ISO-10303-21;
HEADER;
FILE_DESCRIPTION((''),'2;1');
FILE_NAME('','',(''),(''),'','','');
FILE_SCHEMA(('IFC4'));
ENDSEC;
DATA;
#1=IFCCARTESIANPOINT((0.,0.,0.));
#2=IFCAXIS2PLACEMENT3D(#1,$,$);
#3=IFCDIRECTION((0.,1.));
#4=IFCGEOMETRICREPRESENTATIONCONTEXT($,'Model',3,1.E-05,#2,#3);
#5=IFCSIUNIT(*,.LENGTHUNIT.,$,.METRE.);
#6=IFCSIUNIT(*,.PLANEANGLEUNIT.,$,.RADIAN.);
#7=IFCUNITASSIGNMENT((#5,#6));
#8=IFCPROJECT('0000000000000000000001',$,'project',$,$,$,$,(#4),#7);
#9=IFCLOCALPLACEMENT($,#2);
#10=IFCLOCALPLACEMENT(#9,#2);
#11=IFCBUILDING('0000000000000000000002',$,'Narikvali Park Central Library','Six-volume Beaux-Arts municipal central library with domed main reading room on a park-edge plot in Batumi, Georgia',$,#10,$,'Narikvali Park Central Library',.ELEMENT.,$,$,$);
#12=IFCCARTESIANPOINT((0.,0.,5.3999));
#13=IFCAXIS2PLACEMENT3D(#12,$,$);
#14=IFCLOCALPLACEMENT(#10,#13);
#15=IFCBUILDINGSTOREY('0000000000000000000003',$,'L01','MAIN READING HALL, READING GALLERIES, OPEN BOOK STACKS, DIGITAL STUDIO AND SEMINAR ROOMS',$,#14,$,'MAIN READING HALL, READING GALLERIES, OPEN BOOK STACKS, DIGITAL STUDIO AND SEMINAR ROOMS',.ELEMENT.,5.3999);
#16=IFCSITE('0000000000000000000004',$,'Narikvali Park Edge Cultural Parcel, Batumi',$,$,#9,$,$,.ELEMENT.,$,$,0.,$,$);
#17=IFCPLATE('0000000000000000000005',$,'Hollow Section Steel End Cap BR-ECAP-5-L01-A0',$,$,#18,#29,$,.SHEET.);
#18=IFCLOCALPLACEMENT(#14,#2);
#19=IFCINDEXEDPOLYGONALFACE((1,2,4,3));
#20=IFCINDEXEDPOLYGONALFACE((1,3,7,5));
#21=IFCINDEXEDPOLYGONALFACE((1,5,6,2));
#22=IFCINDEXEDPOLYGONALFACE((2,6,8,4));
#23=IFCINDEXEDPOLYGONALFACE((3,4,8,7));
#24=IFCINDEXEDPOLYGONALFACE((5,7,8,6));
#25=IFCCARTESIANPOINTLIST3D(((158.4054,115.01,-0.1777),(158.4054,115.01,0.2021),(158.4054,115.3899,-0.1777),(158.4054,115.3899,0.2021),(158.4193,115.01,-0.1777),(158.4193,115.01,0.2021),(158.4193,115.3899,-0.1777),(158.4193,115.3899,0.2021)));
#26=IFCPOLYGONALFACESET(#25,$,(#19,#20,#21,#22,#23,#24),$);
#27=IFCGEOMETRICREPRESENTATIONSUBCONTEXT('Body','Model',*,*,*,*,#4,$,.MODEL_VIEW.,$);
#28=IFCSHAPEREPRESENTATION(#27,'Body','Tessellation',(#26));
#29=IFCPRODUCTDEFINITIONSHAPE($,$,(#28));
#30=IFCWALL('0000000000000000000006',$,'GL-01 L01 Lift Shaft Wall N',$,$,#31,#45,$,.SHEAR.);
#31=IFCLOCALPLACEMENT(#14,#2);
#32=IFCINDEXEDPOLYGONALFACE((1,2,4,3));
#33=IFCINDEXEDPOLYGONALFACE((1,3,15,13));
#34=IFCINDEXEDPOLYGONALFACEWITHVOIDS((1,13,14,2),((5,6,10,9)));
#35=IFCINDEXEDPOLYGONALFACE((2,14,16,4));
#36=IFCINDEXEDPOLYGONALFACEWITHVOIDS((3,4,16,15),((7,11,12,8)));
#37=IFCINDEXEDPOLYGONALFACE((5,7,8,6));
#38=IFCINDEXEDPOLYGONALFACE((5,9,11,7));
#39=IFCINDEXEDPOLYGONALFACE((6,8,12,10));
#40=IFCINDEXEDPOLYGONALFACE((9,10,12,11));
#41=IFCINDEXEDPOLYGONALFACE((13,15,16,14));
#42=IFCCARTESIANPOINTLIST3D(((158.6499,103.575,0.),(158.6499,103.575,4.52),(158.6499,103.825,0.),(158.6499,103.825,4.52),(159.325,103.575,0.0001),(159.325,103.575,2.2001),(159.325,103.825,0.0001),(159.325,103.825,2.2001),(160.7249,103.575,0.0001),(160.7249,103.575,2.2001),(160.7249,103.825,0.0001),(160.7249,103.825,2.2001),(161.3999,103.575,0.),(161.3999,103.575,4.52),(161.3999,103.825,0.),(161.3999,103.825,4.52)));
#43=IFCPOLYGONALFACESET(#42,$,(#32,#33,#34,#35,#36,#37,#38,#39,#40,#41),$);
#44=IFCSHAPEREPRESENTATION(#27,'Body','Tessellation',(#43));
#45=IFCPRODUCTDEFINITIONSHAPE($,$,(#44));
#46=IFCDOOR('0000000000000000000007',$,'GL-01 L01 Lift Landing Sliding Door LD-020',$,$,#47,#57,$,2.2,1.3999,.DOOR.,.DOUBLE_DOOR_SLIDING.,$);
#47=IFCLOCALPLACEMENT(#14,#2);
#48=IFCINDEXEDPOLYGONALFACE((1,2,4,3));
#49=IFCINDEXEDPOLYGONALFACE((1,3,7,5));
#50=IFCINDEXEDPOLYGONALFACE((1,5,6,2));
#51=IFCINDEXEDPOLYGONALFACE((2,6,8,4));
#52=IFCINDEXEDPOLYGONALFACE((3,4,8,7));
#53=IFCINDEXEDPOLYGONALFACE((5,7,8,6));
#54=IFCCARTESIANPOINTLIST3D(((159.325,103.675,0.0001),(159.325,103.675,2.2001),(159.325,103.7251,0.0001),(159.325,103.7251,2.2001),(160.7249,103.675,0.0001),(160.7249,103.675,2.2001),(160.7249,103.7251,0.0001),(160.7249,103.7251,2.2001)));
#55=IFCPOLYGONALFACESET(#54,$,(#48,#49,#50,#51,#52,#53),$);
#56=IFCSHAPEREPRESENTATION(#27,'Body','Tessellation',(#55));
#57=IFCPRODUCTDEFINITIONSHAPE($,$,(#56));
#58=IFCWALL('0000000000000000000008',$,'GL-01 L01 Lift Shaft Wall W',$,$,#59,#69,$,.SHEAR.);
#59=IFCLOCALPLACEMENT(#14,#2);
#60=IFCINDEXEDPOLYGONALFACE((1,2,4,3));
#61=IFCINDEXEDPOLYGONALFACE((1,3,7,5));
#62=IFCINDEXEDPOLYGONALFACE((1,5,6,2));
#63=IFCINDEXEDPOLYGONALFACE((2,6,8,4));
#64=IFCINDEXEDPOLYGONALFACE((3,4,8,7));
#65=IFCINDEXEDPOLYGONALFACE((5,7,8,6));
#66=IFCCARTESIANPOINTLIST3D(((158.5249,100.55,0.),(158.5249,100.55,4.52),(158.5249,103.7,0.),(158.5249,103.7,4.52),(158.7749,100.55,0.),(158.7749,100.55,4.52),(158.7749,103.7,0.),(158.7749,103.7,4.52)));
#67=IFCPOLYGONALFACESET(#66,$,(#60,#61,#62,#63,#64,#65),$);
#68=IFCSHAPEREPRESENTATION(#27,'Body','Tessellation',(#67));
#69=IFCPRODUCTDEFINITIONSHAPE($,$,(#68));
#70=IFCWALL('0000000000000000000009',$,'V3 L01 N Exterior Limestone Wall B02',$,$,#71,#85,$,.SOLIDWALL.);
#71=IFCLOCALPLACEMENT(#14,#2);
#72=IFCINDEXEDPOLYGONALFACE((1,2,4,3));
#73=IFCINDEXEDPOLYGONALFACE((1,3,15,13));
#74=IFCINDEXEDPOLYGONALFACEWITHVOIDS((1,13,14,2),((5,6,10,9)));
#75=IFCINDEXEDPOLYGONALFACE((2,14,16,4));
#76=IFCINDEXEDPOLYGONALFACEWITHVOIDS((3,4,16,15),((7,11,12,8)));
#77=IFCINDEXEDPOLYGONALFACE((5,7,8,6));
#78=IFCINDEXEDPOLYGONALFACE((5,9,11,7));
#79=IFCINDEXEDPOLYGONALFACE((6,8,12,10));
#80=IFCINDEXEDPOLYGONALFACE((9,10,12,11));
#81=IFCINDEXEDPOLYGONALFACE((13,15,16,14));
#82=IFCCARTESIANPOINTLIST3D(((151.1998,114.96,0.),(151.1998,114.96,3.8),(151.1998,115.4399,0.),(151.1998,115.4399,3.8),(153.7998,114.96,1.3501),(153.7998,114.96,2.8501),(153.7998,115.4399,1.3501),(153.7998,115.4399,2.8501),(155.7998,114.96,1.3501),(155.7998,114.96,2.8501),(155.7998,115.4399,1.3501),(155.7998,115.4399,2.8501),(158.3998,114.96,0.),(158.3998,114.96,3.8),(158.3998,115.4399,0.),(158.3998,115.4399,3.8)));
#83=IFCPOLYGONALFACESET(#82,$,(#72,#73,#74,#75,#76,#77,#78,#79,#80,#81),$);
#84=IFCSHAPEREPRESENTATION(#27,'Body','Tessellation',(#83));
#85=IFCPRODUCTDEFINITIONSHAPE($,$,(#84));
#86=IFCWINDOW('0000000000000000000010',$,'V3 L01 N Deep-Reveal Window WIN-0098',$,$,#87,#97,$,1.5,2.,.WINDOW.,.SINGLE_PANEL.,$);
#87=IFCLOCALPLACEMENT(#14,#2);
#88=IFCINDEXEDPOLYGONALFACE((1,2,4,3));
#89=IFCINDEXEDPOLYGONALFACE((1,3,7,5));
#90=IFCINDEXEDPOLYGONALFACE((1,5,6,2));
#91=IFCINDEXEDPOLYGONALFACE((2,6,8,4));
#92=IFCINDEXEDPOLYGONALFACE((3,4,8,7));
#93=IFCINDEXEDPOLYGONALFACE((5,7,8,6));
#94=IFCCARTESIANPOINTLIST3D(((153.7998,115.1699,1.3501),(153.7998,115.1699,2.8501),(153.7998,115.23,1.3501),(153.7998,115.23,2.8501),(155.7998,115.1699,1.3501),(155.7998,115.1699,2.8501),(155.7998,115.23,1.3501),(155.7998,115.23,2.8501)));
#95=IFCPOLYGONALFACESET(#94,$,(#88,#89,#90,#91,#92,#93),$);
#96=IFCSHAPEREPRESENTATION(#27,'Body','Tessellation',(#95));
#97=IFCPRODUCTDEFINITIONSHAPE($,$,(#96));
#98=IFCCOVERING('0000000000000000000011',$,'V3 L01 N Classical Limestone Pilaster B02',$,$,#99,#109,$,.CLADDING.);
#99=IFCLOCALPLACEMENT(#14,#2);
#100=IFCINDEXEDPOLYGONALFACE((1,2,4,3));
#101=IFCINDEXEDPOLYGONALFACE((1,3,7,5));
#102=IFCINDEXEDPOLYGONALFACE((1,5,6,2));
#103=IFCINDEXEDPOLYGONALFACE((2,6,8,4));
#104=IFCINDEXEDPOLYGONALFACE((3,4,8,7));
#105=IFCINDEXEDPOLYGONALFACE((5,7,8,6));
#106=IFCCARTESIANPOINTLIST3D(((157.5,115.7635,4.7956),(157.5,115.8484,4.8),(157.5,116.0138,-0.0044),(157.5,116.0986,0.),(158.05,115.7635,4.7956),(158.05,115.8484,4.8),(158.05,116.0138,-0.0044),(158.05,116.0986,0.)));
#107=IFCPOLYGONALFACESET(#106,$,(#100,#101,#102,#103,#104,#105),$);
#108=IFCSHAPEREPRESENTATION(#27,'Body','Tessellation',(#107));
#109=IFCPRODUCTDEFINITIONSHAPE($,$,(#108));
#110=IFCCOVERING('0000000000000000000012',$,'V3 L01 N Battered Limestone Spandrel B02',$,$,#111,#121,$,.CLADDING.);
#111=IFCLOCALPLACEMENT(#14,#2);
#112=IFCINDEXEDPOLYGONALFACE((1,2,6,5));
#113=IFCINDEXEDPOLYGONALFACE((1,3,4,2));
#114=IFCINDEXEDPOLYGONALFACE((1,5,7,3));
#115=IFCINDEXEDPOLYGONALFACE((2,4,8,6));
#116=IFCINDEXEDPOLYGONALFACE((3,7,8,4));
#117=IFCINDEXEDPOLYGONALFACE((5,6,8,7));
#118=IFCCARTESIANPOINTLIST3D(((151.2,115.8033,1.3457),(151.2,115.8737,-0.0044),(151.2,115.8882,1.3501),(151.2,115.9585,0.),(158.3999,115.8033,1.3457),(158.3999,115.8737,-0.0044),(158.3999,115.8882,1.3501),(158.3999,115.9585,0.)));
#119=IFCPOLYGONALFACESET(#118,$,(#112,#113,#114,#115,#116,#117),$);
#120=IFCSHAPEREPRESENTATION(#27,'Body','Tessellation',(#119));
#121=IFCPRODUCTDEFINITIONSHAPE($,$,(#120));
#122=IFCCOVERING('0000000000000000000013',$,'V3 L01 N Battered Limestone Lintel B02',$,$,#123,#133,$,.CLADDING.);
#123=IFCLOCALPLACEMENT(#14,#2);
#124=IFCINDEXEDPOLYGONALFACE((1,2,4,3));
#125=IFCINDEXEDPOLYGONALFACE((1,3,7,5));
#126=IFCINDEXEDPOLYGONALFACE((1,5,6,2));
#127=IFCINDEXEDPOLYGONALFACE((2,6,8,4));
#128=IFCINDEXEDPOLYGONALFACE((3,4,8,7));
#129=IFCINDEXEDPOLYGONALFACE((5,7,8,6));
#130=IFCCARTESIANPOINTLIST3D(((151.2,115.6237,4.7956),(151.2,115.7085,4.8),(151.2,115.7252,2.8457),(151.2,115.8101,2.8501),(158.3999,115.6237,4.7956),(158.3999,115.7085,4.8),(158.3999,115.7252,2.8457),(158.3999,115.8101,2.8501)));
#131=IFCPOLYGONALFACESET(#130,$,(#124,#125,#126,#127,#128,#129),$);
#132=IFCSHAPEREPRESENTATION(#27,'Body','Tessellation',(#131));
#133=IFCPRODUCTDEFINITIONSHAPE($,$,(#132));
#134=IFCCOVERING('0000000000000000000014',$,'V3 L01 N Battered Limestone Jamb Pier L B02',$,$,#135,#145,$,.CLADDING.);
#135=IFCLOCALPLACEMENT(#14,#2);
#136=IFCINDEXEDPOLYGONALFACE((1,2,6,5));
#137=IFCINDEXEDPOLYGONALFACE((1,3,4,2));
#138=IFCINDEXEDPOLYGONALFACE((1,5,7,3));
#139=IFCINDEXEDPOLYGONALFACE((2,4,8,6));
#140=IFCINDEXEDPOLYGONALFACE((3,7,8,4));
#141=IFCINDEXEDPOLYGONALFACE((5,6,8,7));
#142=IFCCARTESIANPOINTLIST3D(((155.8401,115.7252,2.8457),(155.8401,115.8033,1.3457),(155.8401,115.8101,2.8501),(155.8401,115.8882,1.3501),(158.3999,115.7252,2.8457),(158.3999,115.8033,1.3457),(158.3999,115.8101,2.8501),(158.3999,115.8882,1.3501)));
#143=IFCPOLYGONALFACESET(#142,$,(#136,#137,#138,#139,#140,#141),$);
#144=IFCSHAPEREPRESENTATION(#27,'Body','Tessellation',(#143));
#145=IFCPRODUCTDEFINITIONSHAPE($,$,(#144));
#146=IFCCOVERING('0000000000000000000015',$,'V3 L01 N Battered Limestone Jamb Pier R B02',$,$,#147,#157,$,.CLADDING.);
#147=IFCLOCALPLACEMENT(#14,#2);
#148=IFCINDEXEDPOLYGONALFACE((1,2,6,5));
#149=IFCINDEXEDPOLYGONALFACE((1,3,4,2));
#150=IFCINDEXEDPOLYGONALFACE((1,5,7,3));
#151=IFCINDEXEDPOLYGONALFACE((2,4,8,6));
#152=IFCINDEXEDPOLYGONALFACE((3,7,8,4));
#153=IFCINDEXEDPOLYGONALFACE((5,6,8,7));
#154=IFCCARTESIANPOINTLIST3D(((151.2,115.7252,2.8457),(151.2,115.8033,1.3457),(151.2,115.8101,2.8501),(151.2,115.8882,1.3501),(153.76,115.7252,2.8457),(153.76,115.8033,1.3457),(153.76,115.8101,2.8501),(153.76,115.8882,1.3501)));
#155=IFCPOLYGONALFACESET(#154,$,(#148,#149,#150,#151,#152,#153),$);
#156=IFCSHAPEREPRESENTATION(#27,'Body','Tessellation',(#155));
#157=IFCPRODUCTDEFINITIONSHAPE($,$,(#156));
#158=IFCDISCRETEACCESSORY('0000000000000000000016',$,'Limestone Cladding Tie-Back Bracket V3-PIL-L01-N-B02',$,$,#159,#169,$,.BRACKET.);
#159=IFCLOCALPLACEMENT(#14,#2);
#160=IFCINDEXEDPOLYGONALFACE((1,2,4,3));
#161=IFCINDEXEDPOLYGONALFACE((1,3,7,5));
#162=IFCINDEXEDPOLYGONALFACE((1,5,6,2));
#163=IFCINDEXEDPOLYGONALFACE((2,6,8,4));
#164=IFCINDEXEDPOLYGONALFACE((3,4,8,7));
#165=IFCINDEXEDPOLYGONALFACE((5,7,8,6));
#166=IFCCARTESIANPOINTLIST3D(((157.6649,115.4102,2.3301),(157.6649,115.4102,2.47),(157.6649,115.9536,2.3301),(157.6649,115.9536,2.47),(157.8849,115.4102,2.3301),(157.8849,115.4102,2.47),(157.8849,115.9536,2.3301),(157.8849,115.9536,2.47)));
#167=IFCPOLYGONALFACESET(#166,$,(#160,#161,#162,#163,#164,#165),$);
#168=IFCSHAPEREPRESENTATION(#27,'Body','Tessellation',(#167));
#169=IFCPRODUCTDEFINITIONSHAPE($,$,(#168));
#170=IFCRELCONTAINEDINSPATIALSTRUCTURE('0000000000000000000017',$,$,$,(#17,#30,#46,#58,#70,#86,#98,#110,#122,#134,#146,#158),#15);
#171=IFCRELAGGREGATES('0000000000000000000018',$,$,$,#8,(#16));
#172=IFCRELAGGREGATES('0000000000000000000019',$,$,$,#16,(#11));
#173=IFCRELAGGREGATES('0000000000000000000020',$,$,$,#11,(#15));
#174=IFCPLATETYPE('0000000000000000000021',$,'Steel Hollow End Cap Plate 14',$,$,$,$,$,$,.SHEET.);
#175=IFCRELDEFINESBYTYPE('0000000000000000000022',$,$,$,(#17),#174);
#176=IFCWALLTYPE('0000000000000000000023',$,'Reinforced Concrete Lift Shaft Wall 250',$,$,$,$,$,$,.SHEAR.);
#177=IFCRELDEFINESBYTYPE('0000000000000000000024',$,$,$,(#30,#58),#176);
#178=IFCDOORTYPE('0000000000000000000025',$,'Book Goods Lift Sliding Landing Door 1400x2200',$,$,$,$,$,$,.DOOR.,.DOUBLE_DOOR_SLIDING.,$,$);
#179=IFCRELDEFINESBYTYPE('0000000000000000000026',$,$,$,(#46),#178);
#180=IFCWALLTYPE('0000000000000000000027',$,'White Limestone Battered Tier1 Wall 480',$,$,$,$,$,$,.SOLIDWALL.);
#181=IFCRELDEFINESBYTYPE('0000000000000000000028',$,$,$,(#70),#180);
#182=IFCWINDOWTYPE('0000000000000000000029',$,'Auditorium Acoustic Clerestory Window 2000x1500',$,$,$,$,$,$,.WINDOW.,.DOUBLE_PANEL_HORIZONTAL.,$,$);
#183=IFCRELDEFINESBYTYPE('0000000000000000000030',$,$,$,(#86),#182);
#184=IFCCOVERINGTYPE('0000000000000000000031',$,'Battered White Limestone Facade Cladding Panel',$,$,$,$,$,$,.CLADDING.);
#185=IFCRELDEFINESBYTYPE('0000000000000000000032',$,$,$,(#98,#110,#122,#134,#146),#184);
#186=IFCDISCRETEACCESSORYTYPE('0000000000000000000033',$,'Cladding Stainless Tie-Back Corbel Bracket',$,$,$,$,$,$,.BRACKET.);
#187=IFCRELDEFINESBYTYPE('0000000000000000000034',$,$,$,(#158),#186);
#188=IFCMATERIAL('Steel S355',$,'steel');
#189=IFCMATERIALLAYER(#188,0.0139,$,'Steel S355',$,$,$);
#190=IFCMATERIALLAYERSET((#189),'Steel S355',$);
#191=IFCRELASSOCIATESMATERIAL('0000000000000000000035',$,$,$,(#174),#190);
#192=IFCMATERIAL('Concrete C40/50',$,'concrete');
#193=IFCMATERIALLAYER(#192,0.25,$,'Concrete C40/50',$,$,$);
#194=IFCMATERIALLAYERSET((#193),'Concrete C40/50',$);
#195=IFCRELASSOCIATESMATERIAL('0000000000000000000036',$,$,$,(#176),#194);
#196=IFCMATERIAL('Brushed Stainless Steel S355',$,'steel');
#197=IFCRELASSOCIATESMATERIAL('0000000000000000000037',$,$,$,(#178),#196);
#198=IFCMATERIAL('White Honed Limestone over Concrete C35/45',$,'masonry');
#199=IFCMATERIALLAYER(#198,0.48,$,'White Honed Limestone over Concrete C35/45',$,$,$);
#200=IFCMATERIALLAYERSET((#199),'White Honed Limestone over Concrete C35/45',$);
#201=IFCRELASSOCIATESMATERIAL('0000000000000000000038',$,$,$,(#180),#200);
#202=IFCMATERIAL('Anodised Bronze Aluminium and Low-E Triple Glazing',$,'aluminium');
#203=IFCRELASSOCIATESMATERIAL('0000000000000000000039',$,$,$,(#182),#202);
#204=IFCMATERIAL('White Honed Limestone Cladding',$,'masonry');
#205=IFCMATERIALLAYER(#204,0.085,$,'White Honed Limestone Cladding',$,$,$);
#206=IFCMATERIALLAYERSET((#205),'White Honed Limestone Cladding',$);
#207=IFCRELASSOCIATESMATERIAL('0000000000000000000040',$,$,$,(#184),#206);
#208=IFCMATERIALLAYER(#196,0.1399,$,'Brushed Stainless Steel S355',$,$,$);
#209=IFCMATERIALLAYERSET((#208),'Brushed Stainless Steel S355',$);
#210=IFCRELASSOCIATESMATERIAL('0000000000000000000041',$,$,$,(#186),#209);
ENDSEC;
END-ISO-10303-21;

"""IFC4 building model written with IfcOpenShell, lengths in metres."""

from ifc_helpers import new_model, si_unit, direction, frame, frame_2d, origin, origin_2d, place, context, subcontext, project, spatial, polyline, rectangle, outline, extrude, material, layer, layer_set, type_object, element, fill, save


model = new_model("IFC4")

# Units and contexts
model_context = context("Model", 3, precision=1e-05, world=origin(), true_north=direction((0.0, 1.0)))
body_context = subcontext(model_context, "Body", "Model", "MODEL_VIEW")
ifc_project = project(units=[si_unit("LENGTHUNIT", "METRE"), si_unit("PLANEANGLEUNIT", "RADIAN")], contexts=[model_context])

# Site, building, storey
site_placement = place(None, origin())
site = spatial("IfcSite", under=ifc_project, at=site_placement, Name="Narikvali Park Edge Cultural Parcel, Batumi", CompositionType="ELEMENT", RefElevation=0.0)
building_placement = place(site_placement, origin())
building = spatial("IfcBuilding", under=site, at=building_placement, Name="Narikvali Park Central Library", Description="Six-volume Beaux-Arts municipal central library with domed main reading room on a park-edge plot in Batumi, Georgia", LongName="Narikvali Park Central Library", CompositionType="ELEMENT")
storey_placement = place(building_placement, frame((0.0, 0.0, 5.3999)))
storey = spatial("IfcBuildingStorey", under=building, at=storey_placement, Name="L01", Description="MAIN READING HALL, READING GALLERIES, OPEN BOOK STACKS, DIGITAL STUDIO AND SEMINAR ROOMS", LongName="MAIN READING HALL, READING GALLERIES, OPEN BOOK STACKS, DIGITAL STUDIO AND SEMINAR ROOMS", CompositionType="ELEMENT", Elevation=5.3999)

# Shared definitions
ifc_material_1 = material(Name="Steel S355", Category="steel")

# Plate
ifc_layer_1 = layer(ifc_material_1, 0.0139, Name="Steel S355")
ifc_layer_set_1 = layer_set([ifc_layer_1], Name="Steel S355")
plate_type_1 = type_object("IfcPlateType", Name="Steel Hollow End Cap Plate 14", PredefinedType="SHEET", material=ifc_layer_set_1)
plate_1_placement = place(storey_placement, frame((158.4124, 115.2, -0.1777), z_axis=(0.0, 0.0, 1.0), x_axis=(-1.0, 0.0, 0.0)))
element("IfcPlate", 1, at=plate_1_placement, inside=storey, type_object=plate_type_1, Name="Hollow Section Steel End Cap BR-ECAP-5-L01-A0", PredefinedType="SHEET", context=body_context, shape_type="SweptSolid", body=[
    extrude(rectangle(XDim=0.0139, YDim=0.3799, at=origin_2d()), origin(), (0.0, 0.0, 1.0), 0.3799),
])

# Wall, opening, door
ifc_material_2 = material(Name="Concrete C40/50", Category="concrete")
ifc_layer_2 = layer(ifc_material_2, 0.25, Name="Concrete C40/50")
ifc_layer_set_2 = layer_set([ifc_layer_2], Name="Concrete C40/50")
wall_type_1 = type_object("IfcWallType", Name="Reinforced Concrete Lift Shaft Wall 250", PredefinedType="SHEAR", material=ifc_layer_set_2)
wall_1_placement = place(storey_placement, frame((161.3999, 103.7, 0.0), z_axis=(0.0, 0.0, 1.0), x_axis=(-1.0, 0.0, 0.0)))
wall_1 = element("IfcWall", 2, at=wall_1_placement, inside=storey, type_object=wall_type_1, Name="GL-01 L01 Lift Shaft Wall N", PredefinedType="SHEAR", context=body_context, shape_type="SweptSolid", body=[
    extrude(rectangle(XDim=2.75, YDim=0.25, at=frame_2d((1.375, 0.0))), origin(), (0.0, 0.0, 1.0), 4.52),
])
opening_1_placement = place(wall_1_placement, frame((0.675, 0.0, 0.0)))
opening_1 = element("IfcOpeningElement", 3, at=opening_1_placement, cuts=wall_1, PredefinedType="OPENING", context=body_context, shape_type="SweptSolid", body=[
    extrude(rectangle(XDim=1.3999, YDim=2.2, at=frame_2d((0.7, 1.1001))), frame((0.0, 0.137, 0.0), z_axis=(0.0, -1.0, 0.0), x_axis=(1.0, 0.0, 0.0)), (0.0, 0.0, 1.0), 0.2739),
])
ifc_material_3 = material(Name="Brushed Stainless Steel S355", Category="steel")
door_type = type_object("IfcDoorType", Name="Book Goods Lift Sliding Landing Door 1400x2200", OperationType="DOUBLE_DOOR_SLIDING", PredefinedType="DOOR", material=ifc_material_3)
door_placement = place(opening_1_placement, origin())
door = element("IfcDoor", 4, at=door_placement, inside=storey, type_object=door_type, Name="GL-01 L01 Lift Landing Sliding Door LD-020", OperationType="DOUBLE_DOOR_SLIDING", OverallHeight=2.2, OverallWidth=1.3999, PredefinedType="DOOR", context=body_context, shape_type="SweptSolid", body=[
    extrude(rectangle(XDim=1.3999, YDim=2.2, at=frame_2d((0.7, 1.1001))), frame((0.0, 0.0249, 0.0), z_axis=(0.0, -1.0, 0.0), x_axis=(1.0, 0.0, 0.0)), (0.0, 0.0, 1.0), 0.05),
])
fill(opening_1, door)

# Wall
wall_2_placement = place(storey_placement, frame((158.6499, 103.7, 0.0), z_axis=(0.0, 0.0, 1.0), x_axis=(0.0, -1.0, 0.0)))
element("IfcWall", 5, at=wall_2_placement, inside=storey, type_object=wall_type_1, Name="GL-01 L01 Lift Shaft Wall W", PredefinedType="SHEAR", context=body_context, shape_type="SweptSolid", body=[
    extrude(rectangle(XDim=3.1499, YDim=0.25, at=frame_2d((1.575, 0.0))), origin(), (0.0, 0.0, 1.0), 4.52),
])

# Wall, opening, window
ifc_material_4 = material(Name="White Honed Limestone over Concrete C35/45", Category="masonry")
ifc_layer_3 = layer(ifc_material_4, 0.48, Name="White Honed Limestone over Concrete C35/45")
ifc_layer_set_3 = layer_set([ifc_layer_3], Name="White Honed Limestone over Concrete C35/45")
wall_type_2 = type_object("IfcWallType", Name="White Limestone Battered Tier1 Wall 480", PredefinedType="SOLIDWALL", material=ifc_layer_set_3)
wall_3_placement = place(storey_placement, frame((158.3999, 115.2, 0.0), z_axis=(0.0, 0.0, 1.0), x_axis=(-1.0, 0.0, 0.0)))
wall_3 = element("IfcWall", 6, at=wall_3_placement, inside=storey, type_object=wall_type_2, Name="V3 L01 N Exterior Limestone Wall B02", PredefinedType="SOLIDWALL", context=body_context, shape_type="SweptSolid", body=[
    extrude(rectangle(XDim=7.2, YDim=0.48, at=frame_2d((3.6001, 0.0))), origin(), (0.0, 0.0, 1.0), 3.8),
])
opening_2_placement = place(wall_3_placement, frame((2.6001, 0.0, 1.3501)))
opening_2 = element("IfcOpeningElement", 7, at=opening_2_placement, cuts=wall_3, PredefinedType="OPENING", context=body_context, shape_type="SweptSolid", body=[
    extrude(rectangle(XDim=2.0, YDim=1.5, at=frame_2d((1.0, 0.75))), frame((0.0, 0.252, 0.0), z_axis=(0.0, -1.0, 0.0), x_axis=(1.0, 0.0, 0.0)), (0.0, 0.0, 1.0), 0.5039),
])
ifc_material_5 = material(Name="Anodised Bronze Aluminium and Low-E Triple Glazing", Category="aluminium")
window_type = type_object("IfcWindowType", Name="Auditorium Acoustic Clerestory Window 2000x1500", PartitioningType="DOUBLE_PANEL_HORIZONTAL", PredefinedType="WINDOW", material=ifc_material_5)
window_placement = place(opening_2_placement, origin())
window = element("IfcWindow", 8, at=window_placement, inside=storey, type_object=window_type, Name="V3 L01 N Deep-Reveal Window WIN-0098", OverallHeight=1.5, OverallWidth=2.0, PartitioningType="SINGLE_PANEL", PredefinedType="WINDOW", context=body_context, shape_type="SweptSolid", body=[
    extrude(rectangle(XDim=2.0, YDim=1.5, at=frame_2d((1.0, 0.75))), frame((0.0, 0.03, 0.0), z_axis=(0.0, -1.0, 0.0), x_axis=(1.0, 0.0, 0.0)), (0.0, 0.0, 1.0), 0.0601),
])
fill(opening_2, window)

# Coverings
ifc_material_6 = material(Name="White Honed Limestone Cladding", Category="masonry")
ifc_layer_4 = layer(ifc_material_6, 0.085, Name="White Honed Limestone Cladding")
ifc_layer_set_4 = layer_set([ifc_layer_4], Name="White Honed Limestone Cladding")
covering_type = type_object("IfcCoveringType", Name="Battered White Limestone Facade Cladding Panel", PredefinedType="CLADDING", material=ifc_layer_set_4)
covering_1_placement = place(storey_placement, frame((158.05, 116.0986, 0.0), z_axis=(0.0, 0.998644, 0.052063), x_axis=(-1.0, 0.0, 0.0)))
element("IfcCovering", 9, at=covering_1_placement, inside=storey, type_object=covering_type, Name="V3 L01 N Classical Limestone Pilaster B02", PredefinedType="CLADDING", context=body_context, shape_type="SweptSolid", body=[
    extrude(outline(polyline([(0.0, 0.0), (0.55, 0.0), (0.55, 4.8066), (0.0, 4.8066), (0.0, 0.0)])), origin(), (0.0, 0.0, -1.0), 0.085),
])
covering_2_placement = place(storey_placement, frame((158.3999, 115.9585, 0.0), z_axis=(0.0, 0.998647, 0.052009), x_axis=(-1.0, 0.0, 0.0)))
element("IfcCovering", 10, at=covering_2_placement, inside=storey, type_object=covering_type, Name="V3 L01 N Battered Limestone Spandrel B02", PredefinedType="CLADDING", context=body_context, shape_type="SweptSolid", body=[
    extrude(outline(polyline([(0.0, 0.0), (7.2, 0.0), (7.2, 1.3519), (0.0, 1.3519), (0.0, 0.0)])), origin(), (0.0, 0.0, -1.0), 0.085),
])
covering_3_placement = place(storey_placement, frame((158.3999, 115.8101, 2.8501), z_axis=(0.0, 0.998646, 0.052014), x_axis=(-1.0, 0.0, 0.0)))
element("IfcCovering", 11, at=covering_3_placement, inside=storey, type_object=covering_type, Name="V3 L01 N Battered Limestone Lintel B02", PredefinedType="CLADDING", context=body_context, shape_type="SweptSolid", body=[
    extrude(outline(polyline([(0.0, 0.0), (7.2, 0.0), (7.2, 1.9526), (0.0, 1.9526), (0.0, 0.0)])), origin(), (0.0, 0.0, -1.0), 0.085),
])
covering_4_placement = place(storey_placement, frame((158.3999, 115.8882, 1.3501), z_axis=(0.0, 0.998646, 0.052013), x_axis=(-1.0, 0.0, 0.0)))
element("IfcCovering", 12, at=covering_4_placement, inside=storey, type_object=covering_type, Name="V3 L01 N Battered Limestone Jamb Pier L B02", PredefinedType="CLADDING", context=body_context, shape_type="SweptSolid", body=[
    extrude(outline(polyline([(0.0, 0.0), (2.5598, 0.0), (2.5598, 1.502), (0.0, 1.502), (0.0, 0.0)])), origin(), (0.0, 0.0, -1.0), 0.085),
])
covering_5_placement = place(storey_placement, frame((153.76, 115.8882, 1.3501), z_axis=(0.0, 0.998646, 0.052013), x_axis=(-1.0, 0.0, 0.0)))
element("IfcCovering", 13, at=covering_5_placement, inside=storey, type_object=covering_type, Name="V3 L01 N Battered Limestone Jamb Pier R B02", PredefinedType="CLADDING", context=body_context, shape_type="SweptSolid", body=[
    extrude(outline(polyline([(0.0, 0.0), (2.5601, 0.0), (2.5601, 1.502), (0.0, 1.502), (0.0, 0.0)])), origin(), (0.0, 0.0, -1.0), 0.085),
])

# Discrete accessory
ifc_layer_5 = layer(ifc_material_3, 0.1399, Name="Brushed Stainless Steel S355")
ifc_layer_set_5 = layer_set([ifc_layer_5], Name="Brushed Stainless Steel S355")
discrete_accessory_type = type_object("IfcDiscreteAccessoryType", Name="Cladding Stainless Tie-Back Corbel Bracket", PredefinedType="BRACKET", material=ifc_layer_set_5)
discrete_accessory_1_placement = place(storey_placement, frame((157.7749, 115.6819, 2.3301), z_axis=(0.0, 0.0, 1.0), x_axis=(1.0, 0.0, 0.0)))
element("IfcDiscreteAccessory", 14, at=discrete_accessory_1_placement, inside=storey, type_object=discrete_accessory_type, Name="Limestone Cladding Tie-Back Bracket V3-PIL-L01-N-B02", PredefinedType="BRACKET", context=body_context, shape_type="SweptSolid", body=[
    extrude(rectangle(XDim=0.22, YDim=0.5435, at=origin_2d()), origin(), (0.0, 0.0, 1.0), 0.1399),
])

save(model, "model.ifc")
